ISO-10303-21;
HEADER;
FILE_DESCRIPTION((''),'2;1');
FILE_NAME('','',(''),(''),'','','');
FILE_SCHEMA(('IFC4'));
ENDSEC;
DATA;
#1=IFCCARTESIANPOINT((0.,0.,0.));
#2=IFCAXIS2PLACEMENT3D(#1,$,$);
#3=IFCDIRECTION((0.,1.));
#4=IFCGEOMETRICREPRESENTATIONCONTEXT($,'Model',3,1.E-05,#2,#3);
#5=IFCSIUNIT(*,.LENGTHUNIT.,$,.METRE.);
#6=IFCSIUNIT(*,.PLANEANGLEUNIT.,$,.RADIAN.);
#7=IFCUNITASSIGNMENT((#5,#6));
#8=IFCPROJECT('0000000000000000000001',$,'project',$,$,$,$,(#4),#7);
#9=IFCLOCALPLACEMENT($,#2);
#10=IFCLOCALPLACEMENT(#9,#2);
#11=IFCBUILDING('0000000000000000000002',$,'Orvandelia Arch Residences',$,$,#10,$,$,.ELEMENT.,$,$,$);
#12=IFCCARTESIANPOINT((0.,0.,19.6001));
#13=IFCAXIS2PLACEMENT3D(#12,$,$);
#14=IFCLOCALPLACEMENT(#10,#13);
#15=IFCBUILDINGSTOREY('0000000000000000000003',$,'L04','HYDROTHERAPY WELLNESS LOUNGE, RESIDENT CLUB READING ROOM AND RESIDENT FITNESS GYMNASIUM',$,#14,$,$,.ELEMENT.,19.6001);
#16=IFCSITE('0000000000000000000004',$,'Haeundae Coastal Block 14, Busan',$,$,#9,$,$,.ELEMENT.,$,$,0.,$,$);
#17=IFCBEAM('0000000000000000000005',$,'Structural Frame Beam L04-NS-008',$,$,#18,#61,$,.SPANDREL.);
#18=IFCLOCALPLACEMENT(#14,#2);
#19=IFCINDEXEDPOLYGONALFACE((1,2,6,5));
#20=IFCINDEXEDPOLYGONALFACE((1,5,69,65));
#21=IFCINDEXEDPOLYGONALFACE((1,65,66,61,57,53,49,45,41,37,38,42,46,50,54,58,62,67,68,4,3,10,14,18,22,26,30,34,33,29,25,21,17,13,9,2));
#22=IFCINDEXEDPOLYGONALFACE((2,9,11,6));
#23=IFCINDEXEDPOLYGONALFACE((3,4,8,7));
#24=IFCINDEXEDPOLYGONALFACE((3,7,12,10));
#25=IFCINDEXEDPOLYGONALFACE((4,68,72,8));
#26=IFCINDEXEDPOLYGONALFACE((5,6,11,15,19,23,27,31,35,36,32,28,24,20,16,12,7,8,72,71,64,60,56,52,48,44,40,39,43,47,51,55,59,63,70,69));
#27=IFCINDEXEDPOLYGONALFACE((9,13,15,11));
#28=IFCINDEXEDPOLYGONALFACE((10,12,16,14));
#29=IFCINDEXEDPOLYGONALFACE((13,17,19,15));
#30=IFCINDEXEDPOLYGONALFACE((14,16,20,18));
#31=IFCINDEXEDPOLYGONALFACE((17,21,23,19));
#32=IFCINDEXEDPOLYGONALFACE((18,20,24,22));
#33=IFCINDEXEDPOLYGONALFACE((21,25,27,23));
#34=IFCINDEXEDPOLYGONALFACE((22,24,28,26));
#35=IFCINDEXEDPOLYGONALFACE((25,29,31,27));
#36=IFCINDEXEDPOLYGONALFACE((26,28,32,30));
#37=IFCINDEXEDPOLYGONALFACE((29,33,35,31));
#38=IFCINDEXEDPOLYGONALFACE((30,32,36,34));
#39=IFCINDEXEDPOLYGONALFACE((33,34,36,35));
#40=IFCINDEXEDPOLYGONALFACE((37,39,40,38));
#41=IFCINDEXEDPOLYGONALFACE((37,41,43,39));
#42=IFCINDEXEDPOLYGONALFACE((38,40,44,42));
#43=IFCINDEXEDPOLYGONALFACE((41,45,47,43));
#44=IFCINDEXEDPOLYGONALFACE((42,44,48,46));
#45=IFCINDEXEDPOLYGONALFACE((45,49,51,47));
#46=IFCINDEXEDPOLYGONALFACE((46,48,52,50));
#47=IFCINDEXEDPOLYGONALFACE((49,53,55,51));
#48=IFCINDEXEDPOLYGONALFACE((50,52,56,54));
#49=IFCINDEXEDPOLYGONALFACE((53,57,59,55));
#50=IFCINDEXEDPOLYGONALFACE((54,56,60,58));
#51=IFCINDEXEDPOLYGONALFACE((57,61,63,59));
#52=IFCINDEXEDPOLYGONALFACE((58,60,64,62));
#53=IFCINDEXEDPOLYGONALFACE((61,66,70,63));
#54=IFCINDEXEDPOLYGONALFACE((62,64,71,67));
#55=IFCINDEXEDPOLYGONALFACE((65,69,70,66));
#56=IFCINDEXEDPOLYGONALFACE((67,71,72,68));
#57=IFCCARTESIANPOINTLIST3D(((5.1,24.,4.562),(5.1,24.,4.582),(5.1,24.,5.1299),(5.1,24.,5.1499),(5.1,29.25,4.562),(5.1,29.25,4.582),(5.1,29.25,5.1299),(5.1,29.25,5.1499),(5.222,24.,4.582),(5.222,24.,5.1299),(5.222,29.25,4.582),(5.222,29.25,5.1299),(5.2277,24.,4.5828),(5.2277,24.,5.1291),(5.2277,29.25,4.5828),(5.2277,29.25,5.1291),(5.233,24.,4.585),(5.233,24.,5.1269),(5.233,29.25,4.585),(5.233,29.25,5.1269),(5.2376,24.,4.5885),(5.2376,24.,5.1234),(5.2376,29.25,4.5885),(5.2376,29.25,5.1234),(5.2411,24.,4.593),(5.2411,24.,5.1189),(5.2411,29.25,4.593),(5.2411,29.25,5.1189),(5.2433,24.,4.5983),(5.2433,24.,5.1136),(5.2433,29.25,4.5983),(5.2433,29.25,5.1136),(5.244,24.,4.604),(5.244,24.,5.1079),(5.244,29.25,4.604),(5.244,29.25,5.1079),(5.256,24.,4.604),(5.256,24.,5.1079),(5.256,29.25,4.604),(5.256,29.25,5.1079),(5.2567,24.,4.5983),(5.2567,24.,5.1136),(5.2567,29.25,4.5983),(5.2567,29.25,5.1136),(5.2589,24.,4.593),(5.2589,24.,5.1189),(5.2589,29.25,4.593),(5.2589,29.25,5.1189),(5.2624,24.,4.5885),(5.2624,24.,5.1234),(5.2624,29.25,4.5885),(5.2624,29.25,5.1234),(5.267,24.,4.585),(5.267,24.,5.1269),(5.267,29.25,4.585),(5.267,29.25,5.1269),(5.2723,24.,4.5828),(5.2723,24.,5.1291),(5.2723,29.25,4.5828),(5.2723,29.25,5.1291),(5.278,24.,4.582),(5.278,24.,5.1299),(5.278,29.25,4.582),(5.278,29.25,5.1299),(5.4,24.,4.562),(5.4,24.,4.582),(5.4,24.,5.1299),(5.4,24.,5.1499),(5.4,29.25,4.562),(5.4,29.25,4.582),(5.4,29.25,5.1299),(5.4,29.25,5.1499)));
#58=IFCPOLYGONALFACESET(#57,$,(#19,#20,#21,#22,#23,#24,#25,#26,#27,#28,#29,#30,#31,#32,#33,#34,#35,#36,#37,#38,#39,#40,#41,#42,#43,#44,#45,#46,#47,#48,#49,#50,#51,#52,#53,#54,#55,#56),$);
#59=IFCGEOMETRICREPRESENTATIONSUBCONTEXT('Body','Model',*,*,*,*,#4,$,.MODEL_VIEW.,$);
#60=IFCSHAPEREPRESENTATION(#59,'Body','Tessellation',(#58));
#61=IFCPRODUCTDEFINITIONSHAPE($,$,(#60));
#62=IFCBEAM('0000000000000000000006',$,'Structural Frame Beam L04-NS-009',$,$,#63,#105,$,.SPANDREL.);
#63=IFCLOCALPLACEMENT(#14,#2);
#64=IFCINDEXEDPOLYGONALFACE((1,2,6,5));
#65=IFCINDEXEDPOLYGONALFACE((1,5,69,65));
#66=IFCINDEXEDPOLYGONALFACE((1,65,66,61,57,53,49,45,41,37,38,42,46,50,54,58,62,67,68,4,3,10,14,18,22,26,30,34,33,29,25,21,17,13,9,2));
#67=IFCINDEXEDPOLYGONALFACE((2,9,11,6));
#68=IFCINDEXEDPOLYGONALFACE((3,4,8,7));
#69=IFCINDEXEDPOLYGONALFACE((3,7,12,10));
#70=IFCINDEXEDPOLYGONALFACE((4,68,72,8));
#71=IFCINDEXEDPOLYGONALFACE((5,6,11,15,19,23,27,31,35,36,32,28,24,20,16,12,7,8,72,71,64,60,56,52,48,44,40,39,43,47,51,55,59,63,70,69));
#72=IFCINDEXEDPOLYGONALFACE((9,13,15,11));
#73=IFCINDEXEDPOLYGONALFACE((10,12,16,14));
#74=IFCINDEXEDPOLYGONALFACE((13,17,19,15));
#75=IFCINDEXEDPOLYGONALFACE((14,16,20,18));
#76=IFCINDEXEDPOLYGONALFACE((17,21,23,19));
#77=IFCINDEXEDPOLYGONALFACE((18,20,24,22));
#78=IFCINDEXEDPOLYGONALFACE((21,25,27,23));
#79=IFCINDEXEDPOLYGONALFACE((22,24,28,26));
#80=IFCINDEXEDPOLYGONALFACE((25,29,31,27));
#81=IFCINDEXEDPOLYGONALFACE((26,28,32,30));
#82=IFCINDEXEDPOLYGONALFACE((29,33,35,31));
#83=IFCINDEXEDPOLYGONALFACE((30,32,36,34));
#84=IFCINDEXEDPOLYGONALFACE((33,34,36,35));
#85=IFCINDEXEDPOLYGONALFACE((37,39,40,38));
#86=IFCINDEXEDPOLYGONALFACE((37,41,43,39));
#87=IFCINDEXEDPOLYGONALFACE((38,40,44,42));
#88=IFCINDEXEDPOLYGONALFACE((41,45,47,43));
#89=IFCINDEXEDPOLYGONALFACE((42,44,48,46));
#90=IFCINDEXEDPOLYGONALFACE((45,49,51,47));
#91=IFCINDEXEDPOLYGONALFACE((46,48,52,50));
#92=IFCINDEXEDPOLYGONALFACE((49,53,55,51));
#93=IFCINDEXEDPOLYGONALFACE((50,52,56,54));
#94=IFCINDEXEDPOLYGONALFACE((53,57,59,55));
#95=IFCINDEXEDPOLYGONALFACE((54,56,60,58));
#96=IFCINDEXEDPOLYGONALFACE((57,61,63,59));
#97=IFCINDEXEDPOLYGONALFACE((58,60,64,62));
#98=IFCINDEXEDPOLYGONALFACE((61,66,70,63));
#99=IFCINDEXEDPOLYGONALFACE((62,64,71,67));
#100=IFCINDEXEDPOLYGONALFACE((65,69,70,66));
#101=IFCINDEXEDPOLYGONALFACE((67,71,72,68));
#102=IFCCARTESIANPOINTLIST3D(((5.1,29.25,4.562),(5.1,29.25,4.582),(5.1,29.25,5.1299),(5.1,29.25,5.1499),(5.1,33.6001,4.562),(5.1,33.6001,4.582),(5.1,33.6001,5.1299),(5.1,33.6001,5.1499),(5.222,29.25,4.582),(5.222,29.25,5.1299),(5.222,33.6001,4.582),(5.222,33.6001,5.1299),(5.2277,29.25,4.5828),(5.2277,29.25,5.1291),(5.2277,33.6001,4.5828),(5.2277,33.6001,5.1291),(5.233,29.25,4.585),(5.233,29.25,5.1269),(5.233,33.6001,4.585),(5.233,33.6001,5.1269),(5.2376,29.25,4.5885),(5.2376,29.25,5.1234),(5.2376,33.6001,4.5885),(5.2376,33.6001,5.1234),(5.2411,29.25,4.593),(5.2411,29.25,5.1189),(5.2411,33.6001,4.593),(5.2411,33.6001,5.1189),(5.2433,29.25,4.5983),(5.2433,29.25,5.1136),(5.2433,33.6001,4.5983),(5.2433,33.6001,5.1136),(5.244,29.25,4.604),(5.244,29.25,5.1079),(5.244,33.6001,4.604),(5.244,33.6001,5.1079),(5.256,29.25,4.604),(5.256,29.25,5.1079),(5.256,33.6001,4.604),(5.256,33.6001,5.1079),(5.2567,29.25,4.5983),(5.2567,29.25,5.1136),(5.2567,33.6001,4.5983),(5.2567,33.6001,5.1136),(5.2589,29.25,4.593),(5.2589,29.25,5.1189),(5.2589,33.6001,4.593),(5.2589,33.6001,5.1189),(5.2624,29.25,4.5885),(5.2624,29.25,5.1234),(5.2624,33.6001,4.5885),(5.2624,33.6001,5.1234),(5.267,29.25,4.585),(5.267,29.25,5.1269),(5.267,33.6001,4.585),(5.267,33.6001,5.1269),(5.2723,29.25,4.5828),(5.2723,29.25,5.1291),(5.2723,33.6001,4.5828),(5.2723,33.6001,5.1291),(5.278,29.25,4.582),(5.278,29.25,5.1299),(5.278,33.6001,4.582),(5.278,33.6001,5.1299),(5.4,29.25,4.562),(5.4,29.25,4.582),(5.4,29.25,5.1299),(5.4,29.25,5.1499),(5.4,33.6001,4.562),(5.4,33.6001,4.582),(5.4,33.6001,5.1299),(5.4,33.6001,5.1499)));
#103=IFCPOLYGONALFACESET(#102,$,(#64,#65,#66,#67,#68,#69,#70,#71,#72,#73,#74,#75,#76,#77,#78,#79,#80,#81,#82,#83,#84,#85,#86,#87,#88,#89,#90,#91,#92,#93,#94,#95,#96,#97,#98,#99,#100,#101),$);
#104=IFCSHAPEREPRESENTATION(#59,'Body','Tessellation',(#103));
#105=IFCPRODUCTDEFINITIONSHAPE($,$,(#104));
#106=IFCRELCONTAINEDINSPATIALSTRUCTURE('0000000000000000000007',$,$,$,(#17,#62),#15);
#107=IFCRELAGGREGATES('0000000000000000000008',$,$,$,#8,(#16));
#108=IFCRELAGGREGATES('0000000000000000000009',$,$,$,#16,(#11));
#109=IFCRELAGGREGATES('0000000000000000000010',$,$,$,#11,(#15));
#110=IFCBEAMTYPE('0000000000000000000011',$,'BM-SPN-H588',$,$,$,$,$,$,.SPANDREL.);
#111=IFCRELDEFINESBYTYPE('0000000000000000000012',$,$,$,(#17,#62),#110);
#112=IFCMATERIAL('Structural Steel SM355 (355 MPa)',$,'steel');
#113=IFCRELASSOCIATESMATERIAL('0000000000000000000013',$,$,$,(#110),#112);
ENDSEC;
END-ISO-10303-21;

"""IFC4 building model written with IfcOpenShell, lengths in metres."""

from ifc_helpers import new_model, si_unit, direction, frame, origin, origin_2d, place, context, subcontext, project, spatial, i_section, extrude, material, material_profile, profile_set, type_object, element, save


model = new_model("IFC4")

# Units and contexts
model_context = context("Model", 3, precision=1e-05, world=origin(), true_north=direction((0.0, 1.0)))
body_context = subcontext(model_context, "Body", "Model", "MODEL_VIEW")
ifc_project = project(units=[si_unit("LENGTHUNIT", "METRE"), si_unit("PLANEANGLEUNIT", "RADIAN")], contexts=[model_context])

# Site, building, storey
site_placement = place(None, origin())
site = spatial("IfcSite", under=ifc_project, at=site_placement, Name="Haeundae Coastal Block 14, Busan", CompositionType="ELEMENT", RefElevation=0.0)
building_placement = place(site_placement, origin())
building = spatial("IfcBuilding", under=site, at=building_placement, Name="Orvandelia Arch Residences", CompositionType="ELEMENT")
storey_placement = place(building_placement, frame((0.0, 0.0, 19.6001)))
storey = spatial("IfcBuildingStorey", under=building, at=storey_placement, Name="L04", Description="HYDROTHERAPY WELLNESS LOUNGE, RESIDENT CLUB READING ROOM AND RESIDENT FITNESS GYMNASIUM", CompositionType="ELEMENT", Elevation=19.6001)

# Beams
ifc_material_1 = material(Name="Structural Steel SM355 (355 MPa)", Category="steel")
ifc_material_profile_1 = material_profile(ifc_material_1, i_section(OverallWidth=0.3, OverallDepth=0.5879, WebThickness=0.012, FlangeThickness=0.02, FilletRadius=0.022, at=origin_2d()), Name="Structural Steel SM355 (355 MPa)", Category="steel")
ifc_profile_set_1 = profile_set([ifc_material_profile_1], Name="Structural Steel SM355 (355 MPa)")
beam_type_1 = type_object("IfcBeamType", Name="BM-SPN-H588", PredefinedType="SPANDREL", material=ifc_profile_set_1)
beam_1_placement = place(storey_placement, frame((5.25, 24.0, 4.856), z_axis=(0.0, 1.0, 0.0), x_axis=(-1.0, 0.0, 0.0)))
element("IfcBeam", 1, at=beam_1_placement, inside=storey, type_object=beam_type_1, Name="Structural Frame Beam L04-NS-008", PredefinedType="SPANDREL", context=body_context, shape_type="SweptSolid", body=[
    extrude(i_section(OverallWidth=0.3, OverallDepth=0.5879, WebThickness=0.012, FlangeThickness=0.02, FilletRadius=0.022, at=origin_2d()), origin(), (0.0, 0.0, 1.0), 5.25),
])
beam_2_placement = place(storey_placement, frame((5.25, 29.25, 4.856), z_axis=(0.0, 1.0, 0.0), x_axis=(-1.0, 0.0, 0.0)))
element("IfcBeam", 2, at=beam_2_placement, inside=storey, type_object=beam_type_1, Name="Structural Frame Beam L04-NS-009", PredefinedType="SPANDREL", context=body_context, shape_type="SweptSolid", body=[
    extrude(i_section(OverallWidth=0.3, OverallDepth=0.5879, WebThickness=0.012, FlangeThickness=0.02, FilletRadius=0.022, at=origin_2d()), origin(), (0.0, 0.0, 1.0), 4.3501),
])

save(model, "model.ifc")
